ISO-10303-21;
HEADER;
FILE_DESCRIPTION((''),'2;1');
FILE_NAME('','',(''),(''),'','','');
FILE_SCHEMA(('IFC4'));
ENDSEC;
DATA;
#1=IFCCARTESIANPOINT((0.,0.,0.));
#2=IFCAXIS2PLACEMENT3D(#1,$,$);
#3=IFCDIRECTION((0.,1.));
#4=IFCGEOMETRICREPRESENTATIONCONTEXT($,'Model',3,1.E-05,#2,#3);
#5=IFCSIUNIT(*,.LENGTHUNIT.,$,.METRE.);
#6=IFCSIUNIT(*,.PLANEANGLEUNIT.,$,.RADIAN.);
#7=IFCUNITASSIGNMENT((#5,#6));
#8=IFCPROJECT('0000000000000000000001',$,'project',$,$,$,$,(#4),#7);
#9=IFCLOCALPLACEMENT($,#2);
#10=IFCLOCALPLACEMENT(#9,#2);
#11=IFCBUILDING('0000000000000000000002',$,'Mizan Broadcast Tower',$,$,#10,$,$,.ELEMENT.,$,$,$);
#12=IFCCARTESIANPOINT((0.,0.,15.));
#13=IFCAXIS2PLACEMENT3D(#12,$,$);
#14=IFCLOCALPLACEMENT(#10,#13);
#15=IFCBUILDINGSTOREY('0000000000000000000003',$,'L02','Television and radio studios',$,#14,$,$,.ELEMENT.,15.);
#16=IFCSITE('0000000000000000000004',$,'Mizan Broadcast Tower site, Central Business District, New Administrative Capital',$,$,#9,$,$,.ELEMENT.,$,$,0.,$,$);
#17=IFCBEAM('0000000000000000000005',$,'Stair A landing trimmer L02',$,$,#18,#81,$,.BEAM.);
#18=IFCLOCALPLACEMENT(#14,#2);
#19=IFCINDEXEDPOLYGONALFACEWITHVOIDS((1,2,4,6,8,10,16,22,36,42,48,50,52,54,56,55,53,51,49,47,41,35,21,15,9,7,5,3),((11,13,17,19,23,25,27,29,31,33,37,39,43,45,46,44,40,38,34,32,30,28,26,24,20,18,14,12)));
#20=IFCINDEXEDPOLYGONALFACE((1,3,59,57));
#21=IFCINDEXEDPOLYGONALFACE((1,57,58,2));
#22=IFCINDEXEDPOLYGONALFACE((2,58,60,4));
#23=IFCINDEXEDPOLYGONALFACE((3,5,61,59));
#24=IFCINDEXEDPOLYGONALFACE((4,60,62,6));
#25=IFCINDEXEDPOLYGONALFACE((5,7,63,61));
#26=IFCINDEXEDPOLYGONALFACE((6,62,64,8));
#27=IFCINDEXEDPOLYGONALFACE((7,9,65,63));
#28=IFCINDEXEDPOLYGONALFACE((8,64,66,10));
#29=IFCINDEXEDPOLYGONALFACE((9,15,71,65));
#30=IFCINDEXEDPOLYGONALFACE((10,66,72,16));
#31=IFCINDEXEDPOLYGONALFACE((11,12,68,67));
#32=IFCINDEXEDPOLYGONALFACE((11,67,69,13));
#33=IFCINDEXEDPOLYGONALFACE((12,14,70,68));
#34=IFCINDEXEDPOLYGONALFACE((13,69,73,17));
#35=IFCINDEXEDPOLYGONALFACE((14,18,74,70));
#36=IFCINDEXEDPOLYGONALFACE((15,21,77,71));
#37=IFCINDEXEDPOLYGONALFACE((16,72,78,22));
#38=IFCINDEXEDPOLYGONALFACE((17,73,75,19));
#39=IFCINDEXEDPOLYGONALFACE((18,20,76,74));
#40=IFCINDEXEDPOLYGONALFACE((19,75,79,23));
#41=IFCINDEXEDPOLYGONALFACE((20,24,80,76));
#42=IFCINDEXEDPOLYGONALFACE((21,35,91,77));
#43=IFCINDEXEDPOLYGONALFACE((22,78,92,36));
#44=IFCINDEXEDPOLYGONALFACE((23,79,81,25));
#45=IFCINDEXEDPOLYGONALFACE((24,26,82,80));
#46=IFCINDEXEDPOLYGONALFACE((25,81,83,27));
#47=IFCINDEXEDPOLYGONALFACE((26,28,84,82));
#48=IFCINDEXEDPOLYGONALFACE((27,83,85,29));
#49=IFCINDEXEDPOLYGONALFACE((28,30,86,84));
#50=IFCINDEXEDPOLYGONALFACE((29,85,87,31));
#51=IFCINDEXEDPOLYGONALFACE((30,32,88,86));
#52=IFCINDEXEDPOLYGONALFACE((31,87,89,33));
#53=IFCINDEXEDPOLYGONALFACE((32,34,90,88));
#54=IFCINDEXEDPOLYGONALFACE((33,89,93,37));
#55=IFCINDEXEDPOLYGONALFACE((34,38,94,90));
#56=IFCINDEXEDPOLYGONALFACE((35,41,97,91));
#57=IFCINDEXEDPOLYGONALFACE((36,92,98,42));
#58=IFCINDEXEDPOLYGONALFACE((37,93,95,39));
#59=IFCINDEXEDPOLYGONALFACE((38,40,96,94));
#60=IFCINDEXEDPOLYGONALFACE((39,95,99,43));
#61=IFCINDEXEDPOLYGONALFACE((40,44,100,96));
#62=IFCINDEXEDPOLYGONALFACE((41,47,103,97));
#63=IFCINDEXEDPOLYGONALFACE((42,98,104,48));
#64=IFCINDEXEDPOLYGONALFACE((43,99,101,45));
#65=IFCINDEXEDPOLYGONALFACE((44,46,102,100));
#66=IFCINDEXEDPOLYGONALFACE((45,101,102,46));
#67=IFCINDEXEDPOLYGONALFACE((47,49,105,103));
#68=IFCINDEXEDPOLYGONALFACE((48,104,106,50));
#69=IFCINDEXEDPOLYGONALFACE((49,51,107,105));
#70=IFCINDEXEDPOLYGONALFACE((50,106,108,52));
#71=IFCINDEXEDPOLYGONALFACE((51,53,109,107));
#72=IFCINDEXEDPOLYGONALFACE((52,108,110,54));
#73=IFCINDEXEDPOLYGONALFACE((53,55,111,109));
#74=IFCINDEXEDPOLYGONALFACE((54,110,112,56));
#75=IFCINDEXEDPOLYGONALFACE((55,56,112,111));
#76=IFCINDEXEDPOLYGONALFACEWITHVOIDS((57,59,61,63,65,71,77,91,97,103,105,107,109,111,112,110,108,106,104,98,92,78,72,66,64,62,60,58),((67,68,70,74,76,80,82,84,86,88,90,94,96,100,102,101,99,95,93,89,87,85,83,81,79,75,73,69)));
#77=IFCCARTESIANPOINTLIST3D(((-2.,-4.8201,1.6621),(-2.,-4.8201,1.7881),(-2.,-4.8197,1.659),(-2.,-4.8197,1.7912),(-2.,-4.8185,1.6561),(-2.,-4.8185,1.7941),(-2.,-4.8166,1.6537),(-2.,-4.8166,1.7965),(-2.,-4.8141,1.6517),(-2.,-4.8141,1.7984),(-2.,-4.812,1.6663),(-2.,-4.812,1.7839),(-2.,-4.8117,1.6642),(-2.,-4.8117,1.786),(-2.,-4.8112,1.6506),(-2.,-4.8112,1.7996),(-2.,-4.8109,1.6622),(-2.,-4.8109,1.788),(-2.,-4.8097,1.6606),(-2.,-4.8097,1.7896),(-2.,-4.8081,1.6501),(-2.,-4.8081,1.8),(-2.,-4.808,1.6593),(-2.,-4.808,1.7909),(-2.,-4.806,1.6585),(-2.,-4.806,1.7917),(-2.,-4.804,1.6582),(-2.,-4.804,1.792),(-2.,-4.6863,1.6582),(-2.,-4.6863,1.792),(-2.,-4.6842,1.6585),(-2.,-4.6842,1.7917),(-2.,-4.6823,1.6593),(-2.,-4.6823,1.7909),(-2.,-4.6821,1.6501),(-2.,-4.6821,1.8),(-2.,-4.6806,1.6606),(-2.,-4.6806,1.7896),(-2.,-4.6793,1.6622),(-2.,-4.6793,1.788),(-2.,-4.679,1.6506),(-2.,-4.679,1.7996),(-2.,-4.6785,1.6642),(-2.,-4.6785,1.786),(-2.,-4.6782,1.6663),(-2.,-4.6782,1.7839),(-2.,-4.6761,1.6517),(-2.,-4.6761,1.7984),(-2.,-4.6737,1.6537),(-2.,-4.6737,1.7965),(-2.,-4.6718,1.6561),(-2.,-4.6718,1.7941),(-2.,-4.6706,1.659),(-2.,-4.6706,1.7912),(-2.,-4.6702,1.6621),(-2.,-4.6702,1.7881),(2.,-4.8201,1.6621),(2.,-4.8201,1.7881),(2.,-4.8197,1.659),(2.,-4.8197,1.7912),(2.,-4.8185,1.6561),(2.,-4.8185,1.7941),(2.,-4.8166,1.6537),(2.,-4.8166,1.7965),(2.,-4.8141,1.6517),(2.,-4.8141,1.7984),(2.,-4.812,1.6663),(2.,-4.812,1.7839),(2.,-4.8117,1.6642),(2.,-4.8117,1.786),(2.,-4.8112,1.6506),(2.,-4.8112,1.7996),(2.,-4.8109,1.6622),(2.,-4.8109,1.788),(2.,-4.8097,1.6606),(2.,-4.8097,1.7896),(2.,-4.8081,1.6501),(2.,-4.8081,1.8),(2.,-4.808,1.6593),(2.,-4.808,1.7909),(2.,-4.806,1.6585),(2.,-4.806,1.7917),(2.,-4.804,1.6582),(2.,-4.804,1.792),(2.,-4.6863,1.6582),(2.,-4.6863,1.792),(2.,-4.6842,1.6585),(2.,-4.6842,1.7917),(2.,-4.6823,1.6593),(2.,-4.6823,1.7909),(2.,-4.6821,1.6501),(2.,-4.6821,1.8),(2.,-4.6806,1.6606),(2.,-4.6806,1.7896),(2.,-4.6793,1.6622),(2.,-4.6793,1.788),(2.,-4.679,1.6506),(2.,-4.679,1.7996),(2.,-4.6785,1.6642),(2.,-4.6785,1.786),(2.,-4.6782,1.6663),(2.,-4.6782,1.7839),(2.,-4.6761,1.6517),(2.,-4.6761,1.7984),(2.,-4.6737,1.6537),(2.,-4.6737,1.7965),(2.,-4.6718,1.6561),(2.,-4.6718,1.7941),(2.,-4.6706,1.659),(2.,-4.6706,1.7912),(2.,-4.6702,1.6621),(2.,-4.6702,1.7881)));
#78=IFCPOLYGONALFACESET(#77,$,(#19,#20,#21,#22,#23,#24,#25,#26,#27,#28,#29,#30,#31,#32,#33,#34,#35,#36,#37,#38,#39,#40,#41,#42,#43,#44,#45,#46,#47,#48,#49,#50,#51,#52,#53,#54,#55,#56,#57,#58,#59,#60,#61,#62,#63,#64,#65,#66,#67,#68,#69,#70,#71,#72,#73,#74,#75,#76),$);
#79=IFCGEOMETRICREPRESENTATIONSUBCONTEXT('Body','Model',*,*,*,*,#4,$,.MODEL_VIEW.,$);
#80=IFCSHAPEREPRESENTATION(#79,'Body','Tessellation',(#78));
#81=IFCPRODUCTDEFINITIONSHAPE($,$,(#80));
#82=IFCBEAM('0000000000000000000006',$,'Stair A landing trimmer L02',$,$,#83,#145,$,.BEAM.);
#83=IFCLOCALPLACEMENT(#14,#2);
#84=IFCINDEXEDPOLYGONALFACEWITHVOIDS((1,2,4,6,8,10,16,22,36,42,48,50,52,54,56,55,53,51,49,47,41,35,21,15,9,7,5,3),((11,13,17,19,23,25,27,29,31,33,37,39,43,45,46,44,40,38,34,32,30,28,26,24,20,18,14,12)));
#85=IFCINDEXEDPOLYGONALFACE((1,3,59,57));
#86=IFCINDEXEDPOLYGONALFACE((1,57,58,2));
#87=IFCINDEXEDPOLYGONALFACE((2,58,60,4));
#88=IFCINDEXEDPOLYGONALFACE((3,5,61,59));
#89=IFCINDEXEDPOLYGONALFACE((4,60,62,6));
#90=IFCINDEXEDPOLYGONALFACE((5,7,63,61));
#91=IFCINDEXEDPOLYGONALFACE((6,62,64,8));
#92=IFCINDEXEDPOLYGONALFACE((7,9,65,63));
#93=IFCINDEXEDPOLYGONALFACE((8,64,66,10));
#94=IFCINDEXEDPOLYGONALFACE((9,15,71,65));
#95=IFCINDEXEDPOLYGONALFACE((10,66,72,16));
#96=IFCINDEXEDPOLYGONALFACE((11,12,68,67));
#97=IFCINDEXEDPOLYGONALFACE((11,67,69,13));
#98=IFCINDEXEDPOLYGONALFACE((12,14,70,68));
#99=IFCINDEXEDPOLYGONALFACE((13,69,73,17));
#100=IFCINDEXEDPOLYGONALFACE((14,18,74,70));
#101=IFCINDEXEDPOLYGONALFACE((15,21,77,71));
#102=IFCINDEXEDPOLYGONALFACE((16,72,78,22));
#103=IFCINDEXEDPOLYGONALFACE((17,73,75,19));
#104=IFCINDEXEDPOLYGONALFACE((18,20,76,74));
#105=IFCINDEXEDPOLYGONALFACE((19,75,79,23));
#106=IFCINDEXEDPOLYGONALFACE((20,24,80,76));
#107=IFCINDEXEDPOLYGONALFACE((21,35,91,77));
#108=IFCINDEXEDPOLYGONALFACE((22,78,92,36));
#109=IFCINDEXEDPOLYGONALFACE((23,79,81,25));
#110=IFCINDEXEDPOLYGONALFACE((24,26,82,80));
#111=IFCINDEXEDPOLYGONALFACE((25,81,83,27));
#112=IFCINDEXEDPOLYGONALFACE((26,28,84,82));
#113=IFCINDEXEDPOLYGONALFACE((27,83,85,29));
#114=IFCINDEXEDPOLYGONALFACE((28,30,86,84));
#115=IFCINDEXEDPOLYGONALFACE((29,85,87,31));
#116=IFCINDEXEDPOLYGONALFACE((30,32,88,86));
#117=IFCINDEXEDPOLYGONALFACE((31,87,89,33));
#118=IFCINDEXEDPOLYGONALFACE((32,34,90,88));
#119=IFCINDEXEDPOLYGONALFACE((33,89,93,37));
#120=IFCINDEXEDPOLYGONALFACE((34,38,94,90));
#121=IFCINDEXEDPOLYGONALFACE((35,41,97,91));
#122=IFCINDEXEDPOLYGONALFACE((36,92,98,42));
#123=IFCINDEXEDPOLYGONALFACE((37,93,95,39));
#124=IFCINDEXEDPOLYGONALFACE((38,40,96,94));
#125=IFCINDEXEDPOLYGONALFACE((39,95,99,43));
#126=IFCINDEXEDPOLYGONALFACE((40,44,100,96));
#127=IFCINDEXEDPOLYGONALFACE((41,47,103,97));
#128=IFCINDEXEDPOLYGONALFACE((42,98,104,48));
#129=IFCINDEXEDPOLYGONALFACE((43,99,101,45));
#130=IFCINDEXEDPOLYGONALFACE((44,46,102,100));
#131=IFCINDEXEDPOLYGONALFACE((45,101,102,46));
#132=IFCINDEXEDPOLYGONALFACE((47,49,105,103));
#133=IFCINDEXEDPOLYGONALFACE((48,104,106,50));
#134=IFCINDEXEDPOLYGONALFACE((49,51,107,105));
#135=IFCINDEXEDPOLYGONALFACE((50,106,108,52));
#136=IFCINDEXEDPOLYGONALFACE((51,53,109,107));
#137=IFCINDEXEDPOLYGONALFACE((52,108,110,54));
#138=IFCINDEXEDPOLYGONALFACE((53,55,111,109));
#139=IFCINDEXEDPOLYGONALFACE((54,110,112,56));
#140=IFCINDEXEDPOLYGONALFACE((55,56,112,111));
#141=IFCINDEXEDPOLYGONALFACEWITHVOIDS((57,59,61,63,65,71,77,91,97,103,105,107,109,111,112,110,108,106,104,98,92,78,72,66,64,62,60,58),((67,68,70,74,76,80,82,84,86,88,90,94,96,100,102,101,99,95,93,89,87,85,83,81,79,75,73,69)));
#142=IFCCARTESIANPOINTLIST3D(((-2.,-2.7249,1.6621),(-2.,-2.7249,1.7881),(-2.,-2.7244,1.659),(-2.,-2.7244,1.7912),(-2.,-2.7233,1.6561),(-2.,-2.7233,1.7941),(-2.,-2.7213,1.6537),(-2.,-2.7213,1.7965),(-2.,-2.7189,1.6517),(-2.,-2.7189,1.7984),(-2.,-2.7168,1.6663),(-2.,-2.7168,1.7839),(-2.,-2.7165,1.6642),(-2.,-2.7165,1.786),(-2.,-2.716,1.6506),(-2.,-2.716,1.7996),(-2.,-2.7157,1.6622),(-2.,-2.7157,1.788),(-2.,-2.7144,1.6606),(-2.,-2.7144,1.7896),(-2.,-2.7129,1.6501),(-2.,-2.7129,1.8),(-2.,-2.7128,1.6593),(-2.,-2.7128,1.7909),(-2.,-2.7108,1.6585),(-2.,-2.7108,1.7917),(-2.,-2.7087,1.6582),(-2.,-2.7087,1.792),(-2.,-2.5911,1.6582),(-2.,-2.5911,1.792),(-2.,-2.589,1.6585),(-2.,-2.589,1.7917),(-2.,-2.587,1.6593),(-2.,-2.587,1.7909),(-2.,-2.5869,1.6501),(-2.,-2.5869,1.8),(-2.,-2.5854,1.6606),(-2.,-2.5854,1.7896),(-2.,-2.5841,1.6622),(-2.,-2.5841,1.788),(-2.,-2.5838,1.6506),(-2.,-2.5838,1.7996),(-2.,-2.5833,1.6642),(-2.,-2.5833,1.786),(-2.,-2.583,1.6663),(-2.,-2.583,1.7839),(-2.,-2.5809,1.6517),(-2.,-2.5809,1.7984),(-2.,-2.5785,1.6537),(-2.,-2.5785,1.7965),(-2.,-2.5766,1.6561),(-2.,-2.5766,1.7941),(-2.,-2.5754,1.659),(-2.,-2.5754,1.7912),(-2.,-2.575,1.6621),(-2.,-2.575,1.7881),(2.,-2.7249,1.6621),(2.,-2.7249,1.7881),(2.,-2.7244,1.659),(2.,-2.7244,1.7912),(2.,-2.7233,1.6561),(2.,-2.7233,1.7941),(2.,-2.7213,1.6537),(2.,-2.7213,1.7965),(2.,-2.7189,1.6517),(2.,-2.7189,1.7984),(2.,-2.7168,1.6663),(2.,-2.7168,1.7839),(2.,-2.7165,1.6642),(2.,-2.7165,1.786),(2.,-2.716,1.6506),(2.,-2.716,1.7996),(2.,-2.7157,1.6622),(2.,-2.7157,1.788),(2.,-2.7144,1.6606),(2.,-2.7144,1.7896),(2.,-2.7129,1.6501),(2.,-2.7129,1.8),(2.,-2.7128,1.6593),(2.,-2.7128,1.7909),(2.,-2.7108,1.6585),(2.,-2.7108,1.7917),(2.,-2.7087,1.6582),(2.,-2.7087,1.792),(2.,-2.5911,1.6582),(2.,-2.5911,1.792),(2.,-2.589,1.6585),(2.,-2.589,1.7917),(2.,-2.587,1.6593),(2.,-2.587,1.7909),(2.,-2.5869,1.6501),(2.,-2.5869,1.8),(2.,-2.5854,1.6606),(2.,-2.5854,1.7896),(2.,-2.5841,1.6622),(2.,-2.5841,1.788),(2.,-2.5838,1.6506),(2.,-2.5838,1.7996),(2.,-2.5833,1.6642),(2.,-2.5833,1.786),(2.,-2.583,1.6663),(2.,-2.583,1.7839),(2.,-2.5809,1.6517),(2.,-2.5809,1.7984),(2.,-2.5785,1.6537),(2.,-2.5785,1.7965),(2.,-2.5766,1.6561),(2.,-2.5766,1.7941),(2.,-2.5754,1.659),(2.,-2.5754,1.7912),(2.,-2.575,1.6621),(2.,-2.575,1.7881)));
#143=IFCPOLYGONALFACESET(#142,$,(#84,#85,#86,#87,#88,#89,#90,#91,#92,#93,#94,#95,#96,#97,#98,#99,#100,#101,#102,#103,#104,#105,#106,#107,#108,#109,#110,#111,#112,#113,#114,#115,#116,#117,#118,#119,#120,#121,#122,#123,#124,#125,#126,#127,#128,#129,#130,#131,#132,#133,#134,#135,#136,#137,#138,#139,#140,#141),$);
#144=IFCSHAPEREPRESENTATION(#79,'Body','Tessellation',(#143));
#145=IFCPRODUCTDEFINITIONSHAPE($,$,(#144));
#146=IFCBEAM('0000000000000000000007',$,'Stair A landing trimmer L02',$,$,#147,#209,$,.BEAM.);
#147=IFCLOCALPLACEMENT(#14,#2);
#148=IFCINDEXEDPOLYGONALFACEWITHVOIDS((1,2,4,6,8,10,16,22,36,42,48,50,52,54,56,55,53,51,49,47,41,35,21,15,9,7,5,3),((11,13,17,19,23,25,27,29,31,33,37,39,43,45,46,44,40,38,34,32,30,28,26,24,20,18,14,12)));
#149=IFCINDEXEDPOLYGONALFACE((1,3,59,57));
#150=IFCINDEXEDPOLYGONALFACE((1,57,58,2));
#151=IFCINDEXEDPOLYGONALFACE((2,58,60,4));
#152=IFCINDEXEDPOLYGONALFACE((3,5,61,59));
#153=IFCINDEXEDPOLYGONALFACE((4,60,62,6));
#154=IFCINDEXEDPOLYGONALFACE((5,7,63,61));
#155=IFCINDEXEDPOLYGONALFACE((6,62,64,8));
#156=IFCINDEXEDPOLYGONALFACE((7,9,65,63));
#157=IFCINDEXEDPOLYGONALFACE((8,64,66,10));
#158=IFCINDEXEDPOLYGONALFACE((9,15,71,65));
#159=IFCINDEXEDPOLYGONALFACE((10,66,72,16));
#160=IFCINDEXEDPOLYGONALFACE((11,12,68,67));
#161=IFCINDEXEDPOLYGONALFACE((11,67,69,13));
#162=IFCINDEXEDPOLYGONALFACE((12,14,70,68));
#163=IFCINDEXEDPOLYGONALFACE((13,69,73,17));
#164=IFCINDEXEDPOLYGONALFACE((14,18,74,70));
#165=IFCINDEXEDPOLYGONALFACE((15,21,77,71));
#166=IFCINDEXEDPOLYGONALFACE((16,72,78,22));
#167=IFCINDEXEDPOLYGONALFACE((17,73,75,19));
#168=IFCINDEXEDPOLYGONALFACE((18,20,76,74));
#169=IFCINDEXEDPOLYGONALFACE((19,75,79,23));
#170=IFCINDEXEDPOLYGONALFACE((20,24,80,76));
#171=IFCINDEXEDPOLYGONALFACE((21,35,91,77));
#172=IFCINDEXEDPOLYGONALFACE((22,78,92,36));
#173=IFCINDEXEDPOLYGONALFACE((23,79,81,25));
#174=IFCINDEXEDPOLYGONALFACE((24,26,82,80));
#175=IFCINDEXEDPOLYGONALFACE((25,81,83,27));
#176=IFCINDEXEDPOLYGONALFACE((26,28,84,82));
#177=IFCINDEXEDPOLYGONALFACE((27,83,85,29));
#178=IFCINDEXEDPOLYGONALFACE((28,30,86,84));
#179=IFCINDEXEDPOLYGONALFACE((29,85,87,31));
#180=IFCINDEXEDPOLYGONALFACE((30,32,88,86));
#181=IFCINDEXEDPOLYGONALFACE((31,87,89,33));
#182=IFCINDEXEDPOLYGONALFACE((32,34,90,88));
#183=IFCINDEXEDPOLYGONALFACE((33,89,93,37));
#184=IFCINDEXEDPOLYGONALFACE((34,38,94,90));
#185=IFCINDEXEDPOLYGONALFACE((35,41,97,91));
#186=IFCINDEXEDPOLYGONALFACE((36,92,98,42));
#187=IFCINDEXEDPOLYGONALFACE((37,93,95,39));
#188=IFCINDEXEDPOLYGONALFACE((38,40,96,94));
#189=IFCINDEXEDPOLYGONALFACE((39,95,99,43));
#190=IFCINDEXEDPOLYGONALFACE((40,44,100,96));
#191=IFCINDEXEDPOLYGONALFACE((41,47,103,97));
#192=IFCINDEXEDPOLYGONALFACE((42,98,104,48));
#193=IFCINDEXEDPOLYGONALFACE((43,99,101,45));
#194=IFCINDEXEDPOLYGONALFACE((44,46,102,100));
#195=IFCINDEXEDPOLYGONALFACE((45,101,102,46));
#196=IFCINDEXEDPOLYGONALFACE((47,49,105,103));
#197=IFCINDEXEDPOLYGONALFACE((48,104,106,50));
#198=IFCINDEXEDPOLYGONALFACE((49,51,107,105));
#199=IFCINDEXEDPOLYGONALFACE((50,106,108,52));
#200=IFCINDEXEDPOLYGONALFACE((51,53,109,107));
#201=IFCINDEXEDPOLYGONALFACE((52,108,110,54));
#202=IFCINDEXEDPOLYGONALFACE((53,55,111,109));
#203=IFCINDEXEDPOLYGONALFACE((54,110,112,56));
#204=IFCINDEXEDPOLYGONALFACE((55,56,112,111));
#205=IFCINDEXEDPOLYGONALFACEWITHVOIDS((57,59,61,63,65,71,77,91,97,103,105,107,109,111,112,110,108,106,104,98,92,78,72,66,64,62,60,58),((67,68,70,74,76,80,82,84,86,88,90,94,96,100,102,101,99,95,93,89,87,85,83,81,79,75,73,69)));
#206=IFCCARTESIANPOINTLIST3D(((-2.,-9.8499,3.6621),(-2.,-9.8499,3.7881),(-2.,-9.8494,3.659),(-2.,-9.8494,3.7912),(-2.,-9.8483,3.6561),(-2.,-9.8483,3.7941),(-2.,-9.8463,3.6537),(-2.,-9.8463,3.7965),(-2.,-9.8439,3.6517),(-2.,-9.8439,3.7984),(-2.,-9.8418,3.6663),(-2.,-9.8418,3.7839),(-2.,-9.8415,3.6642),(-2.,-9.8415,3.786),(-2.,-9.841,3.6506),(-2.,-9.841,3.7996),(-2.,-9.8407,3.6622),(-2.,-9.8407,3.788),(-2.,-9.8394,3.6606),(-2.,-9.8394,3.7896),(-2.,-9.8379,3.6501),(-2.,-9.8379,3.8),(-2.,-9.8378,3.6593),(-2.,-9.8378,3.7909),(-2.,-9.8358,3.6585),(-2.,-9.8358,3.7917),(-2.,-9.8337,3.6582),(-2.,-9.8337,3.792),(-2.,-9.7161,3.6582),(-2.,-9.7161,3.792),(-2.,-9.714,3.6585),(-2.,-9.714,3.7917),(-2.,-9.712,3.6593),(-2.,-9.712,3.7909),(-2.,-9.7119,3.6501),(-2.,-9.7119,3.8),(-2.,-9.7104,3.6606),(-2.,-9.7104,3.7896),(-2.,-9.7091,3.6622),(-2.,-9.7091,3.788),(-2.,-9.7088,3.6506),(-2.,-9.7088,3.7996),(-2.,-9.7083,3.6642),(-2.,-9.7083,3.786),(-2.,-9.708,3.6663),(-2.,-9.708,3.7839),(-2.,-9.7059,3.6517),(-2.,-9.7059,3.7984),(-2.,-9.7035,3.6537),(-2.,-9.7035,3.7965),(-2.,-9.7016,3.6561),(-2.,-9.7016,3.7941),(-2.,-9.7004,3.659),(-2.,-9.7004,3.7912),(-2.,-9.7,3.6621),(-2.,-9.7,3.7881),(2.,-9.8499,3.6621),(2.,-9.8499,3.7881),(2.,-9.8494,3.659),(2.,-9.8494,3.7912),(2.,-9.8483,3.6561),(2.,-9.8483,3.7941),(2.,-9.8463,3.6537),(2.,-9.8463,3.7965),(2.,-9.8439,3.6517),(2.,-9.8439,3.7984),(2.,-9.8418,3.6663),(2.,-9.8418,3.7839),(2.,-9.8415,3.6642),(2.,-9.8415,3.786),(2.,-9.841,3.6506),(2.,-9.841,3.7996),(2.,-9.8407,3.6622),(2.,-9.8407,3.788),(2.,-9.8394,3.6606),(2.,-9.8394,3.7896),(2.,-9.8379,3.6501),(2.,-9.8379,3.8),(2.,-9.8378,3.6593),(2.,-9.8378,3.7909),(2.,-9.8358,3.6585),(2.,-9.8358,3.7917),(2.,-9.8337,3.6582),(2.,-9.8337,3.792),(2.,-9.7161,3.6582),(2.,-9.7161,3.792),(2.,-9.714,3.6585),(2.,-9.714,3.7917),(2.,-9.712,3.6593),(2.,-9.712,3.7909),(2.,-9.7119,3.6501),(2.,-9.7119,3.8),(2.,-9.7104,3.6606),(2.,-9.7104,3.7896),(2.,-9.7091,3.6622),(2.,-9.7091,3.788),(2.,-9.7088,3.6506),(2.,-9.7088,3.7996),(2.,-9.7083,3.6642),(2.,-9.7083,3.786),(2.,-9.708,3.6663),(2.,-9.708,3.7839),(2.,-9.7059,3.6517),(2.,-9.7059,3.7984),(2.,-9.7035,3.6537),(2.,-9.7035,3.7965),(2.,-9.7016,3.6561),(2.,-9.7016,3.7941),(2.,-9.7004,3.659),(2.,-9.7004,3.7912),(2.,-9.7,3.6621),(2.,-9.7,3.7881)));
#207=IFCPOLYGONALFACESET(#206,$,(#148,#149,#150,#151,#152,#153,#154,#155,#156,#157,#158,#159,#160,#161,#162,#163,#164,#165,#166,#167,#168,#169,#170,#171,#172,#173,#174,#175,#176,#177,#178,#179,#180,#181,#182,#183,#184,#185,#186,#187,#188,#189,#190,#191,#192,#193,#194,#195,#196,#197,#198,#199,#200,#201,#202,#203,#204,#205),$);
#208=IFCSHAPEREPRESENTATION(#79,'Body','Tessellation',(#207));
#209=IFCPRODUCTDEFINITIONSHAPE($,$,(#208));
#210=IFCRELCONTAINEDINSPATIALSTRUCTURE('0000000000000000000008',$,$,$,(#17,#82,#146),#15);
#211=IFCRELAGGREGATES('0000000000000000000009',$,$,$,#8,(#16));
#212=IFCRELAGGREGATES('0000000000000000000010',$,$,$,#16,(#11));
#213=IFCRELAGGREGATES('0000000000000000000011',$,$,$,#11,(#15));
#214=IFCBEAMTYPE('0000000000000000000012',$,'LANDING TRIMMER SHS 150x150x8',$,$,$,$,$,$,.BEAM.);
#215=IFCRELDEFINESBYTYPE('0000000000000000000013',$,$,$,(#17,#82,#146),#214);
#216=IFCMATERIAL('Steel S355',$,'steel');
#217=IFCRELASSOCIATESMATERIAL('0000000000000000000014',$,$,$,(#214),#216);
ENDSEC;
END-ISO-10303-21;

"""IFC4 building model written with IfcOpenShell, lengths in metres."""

from ifc_helpers import new_model, si_unit, direction, frame, origin, origin_2d, place, context, subcontext, project, spatial, hollow_rectangle, extrude, material, material_profile, profile_set, type_object, element, save


model = new_model("IFC4")

# Units and contexts
model_context = context("Model", 3, precision=1e-05, world=origin(), true_north=direction((0.0, 1.0)))
body_context = subcontext(model_context, "Body", "Model", "MODEL_VIEW")
ifc_project = project(units=[si_unit("LENGTHUNIT", "METRE"), si_unit("PLANEANGLEUNIT", "RADIAN")], contexts=[model_context])

# Site, building, storey
site_placement = place(None, origin())
site = spatial("IfcSite", under=ifc_project, at=site_placement, Name="Mizan Broadcast Tower site, Central Business District, New Administrative Capital", CompositionType="ELEMENT", RefElevation=0.0)
building_placement = place(site_placement, origin())
building = spatial("IfcBuilding", under=site, at=building_placement, Name="Mizan Broadcast Tower", CompositionType="ELEMENT")
storey_placement = place(building_placement, frame((0.0, 0.0, 15.0)))
storey = spatial("IfcBuildingStorey", under=building, at=storey_placement, Name="L02", Description="Television and radio studios", CompositionType="ELEMENT", Elevation=15.0)

# Beams
ifc_material_1 = material(Name="Steel S355", Category="steel")
ifc_material_profile = material_profile(ifc_material_1, hollow_rectangle(XDim=0.1499, YDim=0.1499, WallThickness=0.0081, InnerFilletRadius=0.0081, OuterFilletRadius=0.012, at=origin_2d()), Name="SHS 150x150x8")
ifc_profile_set = profile_set([ifc_material_profile], Name="Steel S355")
beam_type = type_object("IfcBeamType", Name="LANDING TRIMMER SHS 150x150x8", PredefinedType="BEAM", material=ifc_profile_set)
for number, where, z_axis, x_axis, name in (
    (1, (-2.0, -4.7451, 1.7251), (1.0, 0.0, 0.0), (0.0, 1.0, 0.0), "Stair A landing trimmer L02"),
    (2, (-2.0, -2.6499, 1.7251), (1.0, 0.0, 0.0), (0.0, 1.0, 0.0), "Stair A landing trimmer L02"),
    (3, (-2.0, -9.7749, 3.7251), (1.0, 0.0, 0.0), (0.0, 1.0, 0.0), "Stair A landing trimmer L02"),
):
    element("IfcBeam", number, at=place(storey_placement, frame(where, z_axis=z_axis, x_axis=x_axis)), inside=storey, type_object=beam_type, Name=name, PredefinedType="BEAM", context=body_context, shape_type="SweptSolid", body=[
        extrude(hollow_rectangle(XDim=0.1499, YDim=0.1499, WallThickness=0.0081, InnerFilletRadius=0.0081, OuterFilletRadius=0.012, at=origin_2d()), origin(), (0.0, 0.0, 1.0), 4.0),
    ])

save(model, "model.ifc")
